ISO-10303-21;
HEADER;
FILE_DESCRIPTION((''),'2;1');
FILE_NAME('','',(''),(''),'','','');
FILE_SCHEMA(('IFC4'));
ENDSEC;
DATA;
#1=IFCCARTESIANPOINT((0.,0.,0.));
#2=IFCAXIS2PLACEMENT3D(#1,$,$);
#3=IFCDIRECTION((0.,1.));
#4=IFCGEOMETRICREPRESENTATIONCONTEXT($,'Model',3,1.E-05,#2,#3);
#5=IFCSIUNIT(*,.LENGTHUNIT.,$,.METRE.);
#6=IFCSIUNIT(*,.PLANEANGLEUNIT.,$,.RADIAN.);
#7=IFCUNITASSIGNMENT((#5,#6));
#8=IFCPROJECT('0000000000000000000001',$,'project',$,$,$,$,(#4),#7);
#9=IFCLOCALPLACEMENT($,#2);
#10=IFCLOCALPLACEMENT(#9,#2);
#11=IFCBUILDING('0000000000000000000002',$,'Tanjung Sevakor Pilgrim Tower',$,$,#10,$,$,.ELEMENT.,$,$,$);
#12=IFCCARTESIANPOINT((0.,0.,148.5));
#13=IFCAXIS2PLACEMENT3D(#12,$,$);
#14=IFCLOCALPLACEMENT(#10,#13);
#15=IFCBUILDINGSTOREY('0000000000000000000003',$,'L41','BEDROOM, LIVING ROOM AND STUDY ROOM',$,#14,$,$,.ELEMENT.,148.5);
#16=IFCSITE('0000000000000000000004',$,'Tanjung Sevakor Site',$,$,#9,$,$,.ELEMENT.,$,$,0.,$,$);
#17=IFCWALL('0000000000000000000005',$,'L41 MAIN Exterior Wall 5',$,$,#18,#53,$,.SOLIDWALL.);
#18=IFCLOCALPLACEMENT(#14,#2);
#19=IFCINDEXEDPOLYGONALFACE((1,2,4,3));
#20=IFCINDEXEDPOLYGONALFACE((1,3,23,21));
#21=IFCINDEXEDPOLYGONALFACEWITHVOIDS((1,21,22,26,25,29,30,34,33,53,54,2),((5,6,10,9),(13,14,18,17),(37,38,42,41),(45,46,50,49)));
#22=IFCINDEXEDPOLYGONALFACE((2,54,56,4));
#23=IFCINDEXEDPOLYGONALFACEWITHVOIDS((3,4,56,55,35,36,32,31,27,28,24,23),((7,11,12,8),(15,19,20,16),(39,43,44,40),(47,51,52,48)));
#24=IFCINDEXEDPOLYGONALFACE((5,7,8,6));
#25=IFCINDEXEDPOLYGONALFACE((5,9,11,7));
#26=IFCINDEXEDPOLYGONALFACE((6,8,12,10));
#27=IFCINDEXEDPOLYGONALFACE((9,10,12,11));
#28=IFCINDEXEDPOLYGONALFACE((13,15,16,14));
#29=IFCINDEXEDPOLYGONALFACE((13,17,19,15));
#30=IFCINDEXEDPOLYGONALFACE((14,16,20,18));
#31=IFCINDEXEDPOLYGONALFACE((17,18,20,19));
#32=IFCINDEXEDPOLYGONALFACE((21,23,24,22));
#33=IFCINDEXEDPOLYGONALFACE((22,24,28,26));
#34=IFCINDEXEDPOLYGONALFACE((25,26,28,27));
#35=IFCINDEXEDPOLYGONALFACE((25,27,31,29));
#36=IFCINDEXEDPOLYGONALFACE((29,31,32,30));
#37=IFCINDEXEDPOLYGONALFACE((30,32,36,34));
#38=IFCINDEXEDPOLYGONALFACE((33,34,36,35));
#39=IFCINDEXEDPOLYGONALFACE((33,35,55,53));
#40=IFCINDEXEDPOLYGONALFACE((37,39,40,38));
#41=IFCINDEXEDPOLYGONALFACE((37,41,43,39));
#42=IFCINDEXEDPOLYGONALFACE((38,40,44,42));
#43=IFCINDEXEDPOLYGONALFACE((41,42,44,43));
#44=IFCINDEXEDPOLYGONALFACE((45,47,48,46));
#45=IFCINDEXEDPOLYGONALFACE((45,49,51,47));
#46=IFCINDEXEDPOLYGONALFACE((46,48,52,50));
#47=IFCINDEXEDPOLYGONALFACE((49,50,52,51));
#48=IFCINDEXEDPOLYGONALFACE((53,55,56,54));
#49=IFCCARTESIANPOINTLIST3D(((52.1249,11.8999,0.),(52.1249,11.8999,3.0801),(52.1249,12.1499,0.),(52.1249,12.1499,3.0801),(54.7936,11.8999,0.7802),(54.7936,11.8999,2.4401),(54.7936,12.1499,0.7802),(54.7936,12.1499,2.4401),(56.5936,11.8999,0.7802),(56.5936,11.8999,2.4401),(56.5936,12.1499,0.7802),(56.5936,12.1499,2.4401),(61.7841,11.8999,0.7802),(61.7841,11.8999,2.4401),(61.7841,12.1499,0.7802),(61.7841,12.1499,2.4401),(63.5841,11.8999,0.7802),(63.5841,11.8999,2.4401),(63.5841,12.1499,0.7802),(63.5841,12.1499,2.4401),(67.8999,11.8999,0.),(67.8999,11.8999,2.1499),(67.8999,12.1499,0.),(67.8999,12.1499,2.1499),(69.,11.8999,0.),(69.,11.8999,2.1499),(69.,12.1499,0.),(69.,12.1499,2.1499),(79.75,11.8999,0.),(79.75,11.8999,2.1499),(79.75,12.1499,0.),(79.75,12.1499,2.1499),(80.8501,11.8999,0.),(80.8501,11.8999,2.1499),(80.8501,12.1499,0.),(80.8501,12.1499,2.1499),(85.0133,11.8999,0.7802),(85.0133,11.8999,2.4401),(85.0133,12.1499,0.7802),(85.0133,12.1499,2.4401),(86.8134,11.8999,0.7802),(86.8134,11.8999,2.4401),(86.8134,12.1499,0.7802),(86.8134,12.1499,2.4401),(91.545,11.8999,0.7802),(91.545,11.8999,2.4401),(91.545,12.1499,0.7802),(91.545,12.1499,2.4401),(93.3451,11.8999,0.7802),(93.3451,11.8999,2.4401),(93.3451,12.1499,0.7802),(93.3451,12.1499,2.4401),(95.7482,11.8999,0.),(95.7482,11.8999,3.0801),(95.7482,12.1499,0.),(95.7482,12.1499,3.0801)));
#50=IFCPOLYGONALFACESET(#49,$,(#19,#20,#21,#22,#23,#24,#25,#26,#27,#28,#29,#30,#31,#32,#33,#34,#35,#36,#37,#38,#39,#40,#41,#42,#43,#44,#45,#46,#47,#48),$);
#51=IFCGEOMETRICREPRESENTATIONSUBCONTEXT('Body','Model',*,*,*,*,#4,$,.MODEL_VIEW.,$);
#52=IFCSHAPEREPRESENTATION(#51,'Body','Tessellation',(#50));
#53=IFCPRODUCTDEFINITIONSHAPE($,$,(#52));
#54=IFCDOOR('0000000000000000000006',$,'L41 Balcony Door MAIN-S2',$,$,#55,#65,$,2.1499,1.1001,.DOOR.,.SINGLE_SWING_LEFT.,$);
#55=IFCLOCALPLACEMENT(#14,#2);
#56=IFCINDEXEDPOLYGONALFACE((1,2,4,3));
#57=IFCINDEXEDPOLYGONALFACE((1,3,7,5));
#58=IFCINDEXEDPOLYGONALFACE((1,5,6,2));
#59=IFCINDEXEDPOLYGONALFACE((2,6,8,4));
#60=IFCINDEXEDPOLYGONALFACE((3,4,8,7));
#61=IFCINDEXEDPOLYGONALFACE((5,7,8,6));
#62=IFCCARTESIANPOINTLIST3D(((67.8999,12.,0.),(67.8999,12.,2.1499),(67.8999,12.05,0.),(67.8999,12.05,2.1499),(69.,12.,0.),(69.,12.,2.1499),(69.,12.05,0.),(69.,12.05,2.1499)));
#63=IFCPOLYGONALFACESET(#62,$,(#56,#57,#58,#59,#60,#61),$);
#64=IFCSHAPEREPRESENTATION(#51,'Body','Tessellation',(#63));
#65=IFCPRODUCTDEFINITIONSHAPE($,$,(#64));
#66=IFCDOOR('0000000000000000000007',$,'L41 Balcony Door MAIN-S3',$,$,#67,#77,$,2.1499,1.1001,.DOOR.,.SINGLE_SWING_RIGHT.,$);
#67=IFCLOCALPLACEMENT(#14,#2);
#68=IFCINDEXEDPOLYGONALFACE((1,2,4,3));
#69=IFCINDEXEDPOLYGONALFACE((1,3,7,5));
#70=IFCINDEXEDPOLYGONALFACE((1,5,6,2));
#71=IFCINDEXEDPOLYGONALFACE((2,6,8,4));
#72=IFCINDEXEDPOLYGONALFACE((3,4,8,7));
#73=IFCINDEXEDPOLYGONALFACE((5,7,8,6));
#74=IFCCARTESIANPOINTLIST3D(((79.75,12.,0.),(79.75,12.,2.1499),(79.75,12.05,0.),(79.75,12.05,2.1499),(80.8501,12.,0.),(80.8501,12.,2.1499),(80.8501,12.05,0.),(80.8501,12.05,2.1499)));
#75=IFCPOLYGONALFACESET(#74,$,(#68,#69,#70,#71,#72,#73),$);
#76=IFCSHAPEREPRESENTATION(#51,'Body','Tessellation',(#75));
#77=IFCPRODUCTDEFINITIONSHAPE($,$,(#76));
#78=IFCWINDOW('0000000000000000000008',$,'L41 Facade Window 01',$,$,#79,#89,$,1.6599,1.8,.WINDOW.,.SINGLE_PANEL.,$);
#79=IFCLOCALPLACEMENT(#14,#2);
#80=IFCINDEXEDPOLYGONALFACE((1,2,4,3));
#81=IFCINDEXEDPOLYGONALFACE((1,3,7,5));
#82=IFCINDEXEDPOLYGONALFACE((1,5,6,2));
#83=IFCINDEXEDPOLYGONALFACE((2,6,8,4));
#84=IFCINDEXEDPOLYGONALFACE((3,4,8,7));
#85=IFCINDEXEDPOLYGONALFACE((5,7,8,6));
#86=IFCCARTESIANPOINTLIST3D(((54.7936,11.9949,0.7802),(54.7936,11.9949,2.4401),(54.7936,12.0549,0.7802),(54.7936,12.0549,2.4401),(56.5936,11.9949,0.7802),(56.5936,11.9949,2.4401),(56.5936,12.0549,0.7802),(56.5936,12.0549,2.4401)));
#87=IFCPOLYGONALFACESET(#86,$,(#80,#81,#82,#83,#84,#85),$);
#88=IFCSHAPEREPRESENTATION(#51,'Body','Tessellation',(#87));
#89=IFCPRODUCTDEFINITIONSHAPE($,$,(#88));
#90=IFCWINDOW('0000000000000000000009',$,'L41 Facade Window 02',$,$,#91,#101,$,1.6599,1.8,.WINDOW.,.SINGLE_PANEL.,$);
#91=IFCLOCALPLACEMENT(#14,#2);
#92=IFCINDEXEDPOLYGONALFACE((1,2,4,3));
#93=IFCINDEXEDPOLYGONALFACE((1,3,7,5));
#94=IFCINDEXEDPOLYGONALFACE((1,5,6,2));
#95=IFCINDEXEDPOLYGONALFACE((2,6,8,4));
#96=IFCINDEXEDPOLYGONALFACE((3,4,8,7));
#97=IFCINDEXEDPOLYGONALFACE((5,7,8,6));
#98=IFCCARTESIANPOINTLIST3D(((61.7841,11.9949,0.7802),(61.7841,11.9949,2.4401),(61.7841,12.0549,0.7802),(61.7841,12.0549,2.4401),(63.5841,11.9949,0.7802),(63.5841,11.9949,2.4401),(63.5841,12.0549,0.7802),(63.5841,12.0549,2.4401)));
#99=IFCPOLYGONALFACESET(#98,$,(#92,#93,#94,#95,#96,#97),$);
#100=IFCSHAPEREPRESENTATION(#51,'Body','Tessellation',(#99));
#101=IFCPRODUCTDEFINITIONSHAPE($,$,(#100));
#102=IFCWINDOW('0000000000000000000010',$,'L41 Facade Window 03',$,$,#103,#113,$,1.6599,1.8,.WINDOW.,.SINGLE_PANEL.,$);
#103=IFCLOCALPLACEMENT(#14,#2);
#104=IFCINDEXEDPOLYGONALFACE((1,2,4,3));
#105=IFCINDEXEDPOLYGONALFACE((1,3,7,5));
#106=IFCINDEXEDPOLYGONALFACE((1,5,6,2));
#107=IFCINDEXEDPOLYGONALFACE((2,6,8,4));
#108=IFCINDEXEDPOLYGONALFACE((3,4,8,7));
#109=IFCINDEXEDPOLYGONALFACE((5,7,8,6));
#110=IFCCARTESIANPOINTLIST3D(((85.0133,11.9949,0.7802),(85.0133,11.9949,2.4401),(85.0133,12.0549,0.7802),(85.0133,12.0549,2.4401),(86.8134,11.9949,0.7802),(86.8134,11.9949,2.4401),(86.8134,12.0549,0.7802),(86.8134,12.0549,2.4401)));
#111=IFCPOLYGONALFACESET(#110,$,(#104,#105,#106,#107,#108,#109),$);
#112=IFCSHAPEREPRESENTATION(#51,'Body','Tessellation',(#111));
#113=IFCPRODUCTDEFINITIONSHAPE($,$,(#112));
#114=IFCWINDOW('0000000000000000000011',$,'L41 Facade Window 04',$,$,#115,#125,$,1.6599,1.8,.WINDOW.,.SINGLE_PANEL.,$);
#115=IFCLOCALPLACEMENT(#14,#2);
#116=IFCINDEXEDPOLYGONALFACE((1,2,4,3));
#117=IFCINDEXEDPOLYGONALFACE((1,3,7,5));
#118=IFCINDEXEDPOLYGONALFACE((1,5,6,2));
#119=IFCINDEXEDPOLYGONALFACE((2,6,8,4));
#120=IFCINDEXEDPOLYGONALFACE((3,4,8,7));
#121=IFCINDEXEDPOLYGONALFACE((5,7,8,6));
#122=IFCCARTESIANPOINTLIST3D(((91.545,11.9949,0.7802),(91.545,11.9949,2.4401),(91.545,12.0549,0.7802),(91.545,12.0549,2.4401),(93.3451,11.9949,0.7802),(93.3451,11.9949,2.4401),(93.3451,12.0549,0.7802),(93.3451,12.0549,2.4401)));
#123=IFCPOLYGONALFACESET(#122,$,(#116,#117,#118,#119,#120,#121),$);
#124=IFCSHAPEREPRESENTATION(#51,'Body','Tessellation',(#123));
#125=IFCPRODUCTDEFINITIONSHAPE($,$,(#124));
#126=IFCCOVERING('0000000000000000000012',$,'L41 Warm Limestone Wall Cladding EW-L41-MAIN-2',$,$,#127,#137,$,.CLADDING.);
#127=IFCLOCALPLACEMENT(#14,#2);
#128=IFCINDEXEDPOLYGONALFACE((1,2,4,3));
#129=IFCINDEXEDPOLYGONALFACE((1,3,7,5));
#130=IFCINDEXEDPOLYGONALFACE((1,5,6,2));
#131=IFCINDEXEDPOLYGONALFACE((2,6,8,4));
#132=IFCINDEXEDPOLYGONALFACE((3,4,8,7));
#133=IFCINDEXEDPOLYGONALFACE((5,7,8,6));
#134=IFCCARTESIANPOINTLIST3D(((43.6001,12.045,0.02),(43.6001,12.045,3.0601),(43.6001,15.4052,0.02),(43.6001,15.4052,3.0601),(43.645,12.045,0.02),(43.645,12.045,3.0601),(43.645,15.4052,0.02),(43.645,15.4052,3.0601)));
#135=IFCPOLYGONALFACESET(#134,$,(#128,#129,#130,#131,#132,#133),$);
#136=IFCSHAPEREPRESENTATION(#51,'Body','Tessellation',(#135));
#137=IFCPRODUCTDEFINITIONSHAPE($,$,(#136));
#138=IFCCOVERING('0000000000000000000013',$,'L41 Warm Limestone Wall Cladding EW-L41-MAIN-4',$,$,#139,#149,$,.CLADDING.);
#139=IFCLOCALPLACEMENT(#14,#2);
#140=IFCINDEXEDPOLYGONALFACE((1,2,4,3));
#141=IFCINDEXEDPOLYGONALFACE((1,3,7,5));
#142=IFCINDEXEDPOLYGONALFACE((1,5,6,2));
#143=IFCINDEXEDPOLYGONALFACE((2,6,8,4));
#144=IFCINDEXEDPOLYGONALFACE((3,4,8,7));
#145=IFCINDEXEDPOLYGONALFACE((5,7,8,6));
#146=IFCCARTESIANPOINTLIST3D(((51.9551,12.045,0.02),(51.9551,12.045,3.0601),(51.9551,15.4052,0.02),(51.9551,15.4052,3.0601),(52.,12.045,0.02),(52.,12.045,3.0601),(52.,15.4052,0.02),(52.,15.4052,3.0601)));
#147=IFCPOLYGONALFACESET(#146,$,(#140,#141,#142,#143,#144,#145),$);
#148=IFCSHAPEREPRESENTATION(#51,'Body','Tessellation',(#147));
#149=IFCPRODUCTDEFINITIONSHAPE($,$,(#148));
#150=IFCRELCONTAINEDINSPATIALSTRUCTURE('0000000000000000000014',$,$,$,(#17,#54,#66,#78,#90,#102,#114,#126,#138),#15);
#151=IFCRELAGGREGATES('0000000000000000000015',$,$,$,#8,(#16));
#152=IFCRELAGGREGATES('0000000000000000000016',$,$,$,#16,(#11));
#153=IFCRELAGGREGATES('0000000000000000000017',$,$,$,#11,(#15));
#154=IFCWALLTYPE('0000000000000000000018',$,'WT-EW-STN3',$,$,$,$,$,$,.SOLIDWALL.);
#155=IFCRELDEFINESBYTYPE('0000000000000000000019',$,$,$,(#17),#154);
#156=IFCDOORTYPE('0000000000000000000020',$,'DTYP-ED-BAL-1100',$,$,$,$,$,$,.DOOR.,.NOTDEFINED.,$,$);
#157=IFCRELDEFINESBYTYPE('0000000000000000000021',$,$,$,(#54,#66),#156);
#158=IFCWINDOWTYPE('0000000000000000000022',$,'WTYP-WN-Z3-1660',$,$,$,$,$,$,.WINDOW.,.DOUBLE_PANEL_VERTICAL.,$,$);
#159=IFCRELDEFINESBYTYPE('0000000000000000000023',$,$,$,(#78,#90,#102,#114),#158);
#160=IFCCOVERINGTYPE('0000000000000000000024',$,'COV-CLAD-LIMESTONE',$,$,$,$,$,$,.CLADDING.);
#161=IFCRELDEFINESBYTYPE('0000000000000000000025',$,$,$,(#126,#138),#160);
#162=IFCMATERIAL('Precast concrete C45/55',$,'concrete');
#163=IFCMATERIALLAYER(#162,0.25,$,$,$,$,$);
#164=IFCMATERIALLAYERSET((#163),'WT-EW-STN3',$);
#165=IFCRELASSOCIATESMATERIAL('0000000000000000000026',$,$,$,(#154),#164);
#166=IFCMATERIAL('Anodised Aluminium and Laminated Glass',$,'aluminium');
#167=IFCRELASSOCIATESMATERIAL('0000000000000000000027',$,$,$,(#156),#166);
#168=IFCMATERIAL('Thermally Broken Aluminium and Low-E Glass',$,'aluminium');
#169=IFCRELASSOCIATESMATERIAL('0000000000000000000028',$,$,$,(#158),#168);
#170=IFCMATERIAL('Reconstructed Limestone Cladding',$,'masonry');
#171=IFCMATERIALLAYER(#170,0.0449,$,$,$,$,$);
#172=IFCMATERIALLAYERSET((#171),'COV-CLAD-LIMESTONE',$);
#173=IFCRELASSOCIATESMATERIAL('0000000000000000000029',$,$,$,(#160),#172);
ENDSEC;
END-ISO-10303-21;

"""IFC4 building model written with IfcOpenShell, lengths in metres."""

from ifc_helpers import new_model, si_unit, direction, frame, frame_2d, origin, origin_2d, place, context, subcontext, project, spatial, rectangle, extrude, material, layer, layer_set, type_object, element, fill, save


model = new_model("IFC4")

# Units and contexts
model_context = context("Model", 3, precision=1e-05, world=origin(), true_north=direction((0.0, 1.0)))
body_context = subcontext(model_context, "Body", "Model", "MODEL_VIEW")
ifc_project = project(units=[si_unit("LENGTHUNIT", "METRE"), si_unit("PLANEANGLEUNIT", "RADIAN")], contexts=[model_context])

# Site, building, storey
site_placement = place(None, origin())
site = spatial("IfcSite", under=ifc_project, at=site_placement, Name="Tanjung Sevakor Site", CompositionType="ELEMENT", RefElevation=0.0)
building_placement = place(site_placement, origin())
building = spatial("IfcBuilding", under=site, at=building_placement, Name="Tanjung Sevakor Pilgrim Tower", CompositionType="ELEMENT")
storey_placement = place(building_placement, frame((0.0, 0.0, 148.5)))
storey = spatial("IfcBuildingStorey", under=building, at=storey_placement, Name="L41", Description="BEDROOM, LIVING ROOM AND STUDY ROOM", CompositionType="ELEMENT", Elevation=148.5)

# Shared definitions
ifc_material_1 = material(Name="Precast concrete C45/55", Category="concrete")
ifc_layer_1 = layer(ifc_material_1, 0.25)
ifc_layer_set_1 = layer_set([ifc_layer_1], Name="WT-EW-STN3")
wall_type_1 = type_object("IfcWallType", Name="WT-EW-STN3", PredefinedType="SOLIDWALL", material=ifc_layer_set_1)

# Wall, openings, doors, windows
wall_1_placement = place(storey_placement, frame((52.125, 12.0249, 0.0), z_axis=(0.0, 0.0, 1.0), x_axis=(1.0, 0.0, 0.0)))
wall_1 = element("IfcWall", 1, at=wall_1_placement, inside=storey, type_object=wall_type_1, Name="L41 MAIN Exterior Wall 5", PredefinedType="SOLIDWALL", context=body_context, shape_type="SweptSolid", body=[
    extrude(rectangle(XDim=43.6233, YDim=0.25, at=frame_2d((21.8115, 0.0))), origin(), (0.0, 0.0, 1.0), 3.0801),
])
opening_1_placement = place(wall_1_placement, frame((15.7749, 0.0, 0.0)))
opening_1 = element("IfcOpeningElement", 2, at=opening_1_placement, cuts=wall_1, PredefinedType="OPENING", context=body_context, shape_type="SweptSolid", body=[
    extrude(rectangle(XDim=1.1001, YDim=2.1499, at=frame_2d((0.55, 1.075))), frame((0.0, 0.135, 0.0), z_axis=(0.0, -1.0, 0.0), x_axis=(1.0, 0.0, 0.0)), (0.0, 0.0, 1.0), 0.27),
])
opening_2_placement = place(wall_1_placement, frame((27.625, 0.0, 0.0)))
opening_2 = element("IfcOpeningElement", 3, at=opening_2_placement, cuts=wall_1, PredefinedType="OPENING", context=body_context, shape_type="SweptSolid", body=[
    extrude(rectangle(XDim=1.1001, YDim=2.1499, at=frame_2d((0.55, 1.075))), frame((0.0, 0.135, 0.0), z_axis=(0.0, -1.0, 0.0), x_axis=(1.0, 0.0, 0.0)), (0.0, 0.0, 1.0), 0.27),
])
opening_3_placement = place(wall_1_placement, frame((2.6687, 0.0, 0.78)))
opening_3 = element("IfcOpeningElement", 4, at=opening_3_placement, cuts=wall_1, PredefinedType="OPENING", context=body_context, shape_type="SweptSolid", body=[
    extrude(rectangle(XDim=1.8, YDim=1.6599, at=frame_2d((0.8999, 0.8301))), frame((0.0, 0.135, 0.0), z_axis=(0.0, -1.0, 0.0), x_axis=(1.0, 0.0, 0.0)), (0.0, 0.0, 1.0), 0.27),
])
opening_4_placement = place(wall_1_placement, frame((9.6592, 0.0, 0.78)))
opening_4 = element("IfcOpeningElement", 5, at=opening_4_placement, cuts=wall_1, PredefinedType="OPENING", context=body_context, shape_type="SweptSolid", body=[
    extrude(rectangle(XDim=1.8, YDim=1.6599, at=frame_2d((0.8999, 0.8301))), frame((0.0, 0.135, 0.0), z_axis=(0.0, -1.0, 0.0), x_axis=(1.0, 0.0, 0.0)), (0.0, 0.0, 1.0), 0.27),
])
opening_5_placement = place(wall_1_placement, frame((32.8884, 0.0, 0.78)))
opening_5 = element("IfcOpeningElement", 6, at=opening_5_placement, cuts=wall_1, PredefinedType="OPENING", context=body_context, shape_type="SweptSolid", body=[
    extrude(rectangle(XDim=1.8, YDim=1.6599, at=frame_2d((0.8999, 0.8301))), frame((0.0, 0.135, 0.0), z_axis=(0.0, -1.0, 0.0), x_axis=(1.0, 0.0, 0.0)), (0.0, 0.0, 1.0), 0.27),
])
opening_6_placement = place(wall_1_placement, frame((39.4202, 0.0, 0.78)))
opening_6 = element("IfcOpeningElement", 7, at=opening_6_placement, cuts=wall_1, PredefinedType="OPENING", context=body_context, shape_type="SweptSolid", body=[
    extrude(rectangle(XDim=1.8, YDim=1.6599, at=frame_2d((0.8999, 0.8301))), frame((0.0, 0.135, 0.0), z_axis=(0.0, -1.0, 0.0), x_axis=(1.0, 0.0, 0.0)), (0.0, 0.0, 1.0), 0.27),
])
ifc_material_2 = material(Name="Anodised Aluminium and Laminated Glass", Category="aluminium")
door_type_1 = type_object("IfcDoorType", Name="DTYP-ED-BAL-1100", OperationType="NOTDEFINED", PredefinedType="DOOR", material=ifc_material_2)
door_1_placement = place(opening_1_placement, frame((1.1001, 0.0, 0.0), z_axis=(0.0, 0.0, 1.0), x_axis=(-1.0, 0.0, 0.0)))
door_1 = element("IfcDoor", 8, at=door_1_placement, inside=storey, type_object=door_type_1, Name="L41 Balcony Door MAIN-S2", OperationType="SINGLE_SWING_LEFT", OverallHeight=2.1499, OverallWidth=1.1001, PredefinedType="DOOR", context=body_context, shape_type="SweptSolid", body=[
    extrude(rectangle(XDim=1.1001, YDim=2.1499, at=frame_2d((0.55, 1.075))), frame((0.0, 0.0249, 0.0), z_axis=(0.0, -1.0, 0.0), x_axis=(1.0, 0.0, 0.0)), (0.0, 0.0, 1.0), 0.05),
])
fill(opening_1, door_1)
door_2_placement = place(opening_2_placement, frame((1.1001, 0.0, 0.0), z_axis=(0.0, 0.0, 1.0), x_axis=(-1.0, 0.0, 0.0)))
door_2 = element("IfcDoor", 9, at=door_2_placement, inside=storey, type_object=door_type_1, Name="L41 Balcony Door MAIN-S3", OperationType="SINGLE_SWING_RIGHT", OverallHeight=2.1499, OverallWidth=1.1001, PredefinedType="DOOR", context=body_context, shape_type="SweptSolid", body=[
    extrude(rectangle(XDim=1.1001, YDim=2.1499, at=frame_2d((0.55, 1.075))), frame((0.0, 0.0249, 0.0), z_axis=(0.0, -1.0, 0.0), x_axis=(1.0, 0.0, 0.0)), (0.0, 0.0, 1.0), 0.05),
])
fill(opening_2, door_2)
ifc_material_3 = material(Name="Thermally Broken Aluminium and Low-E Glass", Category="aluminium")
window_type = type_object("IfcWindowType", Name="WTYP-WN-Z3-1660", PartitioningType="DOUBLE_PANEL_VERTICAL", PredefinedType="WINDOW", material=ifc_material_3)
window_1_placement = place(opening_3_placement, origin())
window_1 = element("IfcWindow", 10, at=window_1_placement, inside=storey, type_object=window_type, Name="L41 Facade Window 01", OverallHeight=1.6599, OverallWidth=1.8, PartitioningType="SINGLE_PANEL", PredefinedType="WINDOW", context=body_context, shape_type="SweptSolid", body=[
    extrude(rectangle(XDim=1.8, YDim=1.6599, at=frame_2d((0.8999, 0.8301))), frame((0.0, 0.03, 0.0), z_axis=(0.0, -1.0, 0.0), x_axis=(1.0, 0.0, 0.0)), (0.0, 0.0, 1.0), 0.0601),
])
fill(opening_3, window_1)
window_2_placement = place(opening_4_placement, origin())
window_2 = element("IfcWindow", 11, at=window_2_placement, inside=storey, type_object=window_type, Name="L41 Facade Window 02", OverallHeight=1.6599, OverallWidth=1.8, PartitioningType="SINGLE_PANEL", PredefinedType="WINDOW", context=body_context, shape_type="SweptSolid", body=[
    extrude(rectangle(XDim=1.8, YDim=1.6599, at=frame_2d((0.8999, 0.8301))), frame((0.0, 0.03, 0.0), z_axis=(0.0, -1.0, 0.0), x_axis=(1.0, 0.0, 0.0)), (0.0, 0.0, 1.0), 0.0601),
])
fill(opening_4, window_2)
window_3_placement = place(opening_5_placement, origin())
window_3 = element("IfcWindow", 12, at=window_3_placement, inside=storey, type_object=window_type, Name="L41 Facade Window 03", OverallHeight=1.6599, OverallWidth=1.8, PartitioningType="SINGLE_PANEL", PredefinedType="WINDOW", context=body_context, shape_type="SweptSolid", body=[
    extrude(rectangle(XDim=1.8, YDim=1.6599, at=frame_2d((0.8999, 0.8301))), frame((0.0, 0.03, 0.0), z_axis=(0.0, -1.0, 0.0), x_axis=(1.0, 0.0, 0.0)), (0.0, 0.0, 1.0), 0.0601),
])
fill(opening_5, window_3)
window_4_placement = place(opening_6_placement, origin())
window_4 = element("IfcWindow", 13, at=window_4_placement, inside=storey, type_object=window_type, Name="L41 Facade Window 04", OverallHeight=1.6599, OverallWidth=1.8, PartitioningType="SINGLE_PANEL", PredefinedType="WINDOW", context=body_context, shape_type="SweptSolid", body=[
    extrude(rectangle(XDim=1.8, YDim=1.6599, at=frame_2d((0.8999, 0.8301))), frame((0.0, 0.03, 0.0), z_axis=(0.0, -1.0, 0.0), x_axis=(1.0, 0.0, 0.0)), (0.0, 0.0, 1.0), 0.0601),
])
fill(opening_6, window_4)

# Coverings
ifc_material_4 = material(Name="Reconstructed Limestone Cladding", Category="masonry")
ifc_layer_2 = layer(ifc_material_4, 0.0449)
ifc_layer_set_2 = layer_set([ifc_layer_2], Name="COV-CLAD-LIMESTONE")
covering_type = type_object("IfcCoveringType", Name="COV-CLAD-LIMESTONE", PredefinedType="CLADDING", material=ifc_layer_set_2)
for number, where, z_axis, x_axis, name in (
    (14, (43.6226, 13.7251, 0.02), (0.0, 0.0, 1.0), (0.0, 1.0, 0.0), "L41 Warm Limestone Wall Cladding EW-L41-MAIN-2"),
    (15, (51.9775, 13.7251, 0.02), (0.0, 0.0, 1.0), (0.0, -1.0, 0.0), "L41 Warm Limestone Wall Cladding EW-L41-MAIN-4"),
):
    element("IfcCovering", number, at=place(storey_placement, frame(where, z_axis=z_axis, x_axis=x_axis)), inside=storey, type_object=covering_type, Name=name, PredefinedType="CLADDING", context=body_context, shape_type="SweptSolid", body=[
        extrude(rectangle(XDim=3.3601, YDim=0.0449, at=origin_2d()), origin(), (0.0, 0.0, 1.0), 3.04),
    ])

save(model, "model.ifc")
